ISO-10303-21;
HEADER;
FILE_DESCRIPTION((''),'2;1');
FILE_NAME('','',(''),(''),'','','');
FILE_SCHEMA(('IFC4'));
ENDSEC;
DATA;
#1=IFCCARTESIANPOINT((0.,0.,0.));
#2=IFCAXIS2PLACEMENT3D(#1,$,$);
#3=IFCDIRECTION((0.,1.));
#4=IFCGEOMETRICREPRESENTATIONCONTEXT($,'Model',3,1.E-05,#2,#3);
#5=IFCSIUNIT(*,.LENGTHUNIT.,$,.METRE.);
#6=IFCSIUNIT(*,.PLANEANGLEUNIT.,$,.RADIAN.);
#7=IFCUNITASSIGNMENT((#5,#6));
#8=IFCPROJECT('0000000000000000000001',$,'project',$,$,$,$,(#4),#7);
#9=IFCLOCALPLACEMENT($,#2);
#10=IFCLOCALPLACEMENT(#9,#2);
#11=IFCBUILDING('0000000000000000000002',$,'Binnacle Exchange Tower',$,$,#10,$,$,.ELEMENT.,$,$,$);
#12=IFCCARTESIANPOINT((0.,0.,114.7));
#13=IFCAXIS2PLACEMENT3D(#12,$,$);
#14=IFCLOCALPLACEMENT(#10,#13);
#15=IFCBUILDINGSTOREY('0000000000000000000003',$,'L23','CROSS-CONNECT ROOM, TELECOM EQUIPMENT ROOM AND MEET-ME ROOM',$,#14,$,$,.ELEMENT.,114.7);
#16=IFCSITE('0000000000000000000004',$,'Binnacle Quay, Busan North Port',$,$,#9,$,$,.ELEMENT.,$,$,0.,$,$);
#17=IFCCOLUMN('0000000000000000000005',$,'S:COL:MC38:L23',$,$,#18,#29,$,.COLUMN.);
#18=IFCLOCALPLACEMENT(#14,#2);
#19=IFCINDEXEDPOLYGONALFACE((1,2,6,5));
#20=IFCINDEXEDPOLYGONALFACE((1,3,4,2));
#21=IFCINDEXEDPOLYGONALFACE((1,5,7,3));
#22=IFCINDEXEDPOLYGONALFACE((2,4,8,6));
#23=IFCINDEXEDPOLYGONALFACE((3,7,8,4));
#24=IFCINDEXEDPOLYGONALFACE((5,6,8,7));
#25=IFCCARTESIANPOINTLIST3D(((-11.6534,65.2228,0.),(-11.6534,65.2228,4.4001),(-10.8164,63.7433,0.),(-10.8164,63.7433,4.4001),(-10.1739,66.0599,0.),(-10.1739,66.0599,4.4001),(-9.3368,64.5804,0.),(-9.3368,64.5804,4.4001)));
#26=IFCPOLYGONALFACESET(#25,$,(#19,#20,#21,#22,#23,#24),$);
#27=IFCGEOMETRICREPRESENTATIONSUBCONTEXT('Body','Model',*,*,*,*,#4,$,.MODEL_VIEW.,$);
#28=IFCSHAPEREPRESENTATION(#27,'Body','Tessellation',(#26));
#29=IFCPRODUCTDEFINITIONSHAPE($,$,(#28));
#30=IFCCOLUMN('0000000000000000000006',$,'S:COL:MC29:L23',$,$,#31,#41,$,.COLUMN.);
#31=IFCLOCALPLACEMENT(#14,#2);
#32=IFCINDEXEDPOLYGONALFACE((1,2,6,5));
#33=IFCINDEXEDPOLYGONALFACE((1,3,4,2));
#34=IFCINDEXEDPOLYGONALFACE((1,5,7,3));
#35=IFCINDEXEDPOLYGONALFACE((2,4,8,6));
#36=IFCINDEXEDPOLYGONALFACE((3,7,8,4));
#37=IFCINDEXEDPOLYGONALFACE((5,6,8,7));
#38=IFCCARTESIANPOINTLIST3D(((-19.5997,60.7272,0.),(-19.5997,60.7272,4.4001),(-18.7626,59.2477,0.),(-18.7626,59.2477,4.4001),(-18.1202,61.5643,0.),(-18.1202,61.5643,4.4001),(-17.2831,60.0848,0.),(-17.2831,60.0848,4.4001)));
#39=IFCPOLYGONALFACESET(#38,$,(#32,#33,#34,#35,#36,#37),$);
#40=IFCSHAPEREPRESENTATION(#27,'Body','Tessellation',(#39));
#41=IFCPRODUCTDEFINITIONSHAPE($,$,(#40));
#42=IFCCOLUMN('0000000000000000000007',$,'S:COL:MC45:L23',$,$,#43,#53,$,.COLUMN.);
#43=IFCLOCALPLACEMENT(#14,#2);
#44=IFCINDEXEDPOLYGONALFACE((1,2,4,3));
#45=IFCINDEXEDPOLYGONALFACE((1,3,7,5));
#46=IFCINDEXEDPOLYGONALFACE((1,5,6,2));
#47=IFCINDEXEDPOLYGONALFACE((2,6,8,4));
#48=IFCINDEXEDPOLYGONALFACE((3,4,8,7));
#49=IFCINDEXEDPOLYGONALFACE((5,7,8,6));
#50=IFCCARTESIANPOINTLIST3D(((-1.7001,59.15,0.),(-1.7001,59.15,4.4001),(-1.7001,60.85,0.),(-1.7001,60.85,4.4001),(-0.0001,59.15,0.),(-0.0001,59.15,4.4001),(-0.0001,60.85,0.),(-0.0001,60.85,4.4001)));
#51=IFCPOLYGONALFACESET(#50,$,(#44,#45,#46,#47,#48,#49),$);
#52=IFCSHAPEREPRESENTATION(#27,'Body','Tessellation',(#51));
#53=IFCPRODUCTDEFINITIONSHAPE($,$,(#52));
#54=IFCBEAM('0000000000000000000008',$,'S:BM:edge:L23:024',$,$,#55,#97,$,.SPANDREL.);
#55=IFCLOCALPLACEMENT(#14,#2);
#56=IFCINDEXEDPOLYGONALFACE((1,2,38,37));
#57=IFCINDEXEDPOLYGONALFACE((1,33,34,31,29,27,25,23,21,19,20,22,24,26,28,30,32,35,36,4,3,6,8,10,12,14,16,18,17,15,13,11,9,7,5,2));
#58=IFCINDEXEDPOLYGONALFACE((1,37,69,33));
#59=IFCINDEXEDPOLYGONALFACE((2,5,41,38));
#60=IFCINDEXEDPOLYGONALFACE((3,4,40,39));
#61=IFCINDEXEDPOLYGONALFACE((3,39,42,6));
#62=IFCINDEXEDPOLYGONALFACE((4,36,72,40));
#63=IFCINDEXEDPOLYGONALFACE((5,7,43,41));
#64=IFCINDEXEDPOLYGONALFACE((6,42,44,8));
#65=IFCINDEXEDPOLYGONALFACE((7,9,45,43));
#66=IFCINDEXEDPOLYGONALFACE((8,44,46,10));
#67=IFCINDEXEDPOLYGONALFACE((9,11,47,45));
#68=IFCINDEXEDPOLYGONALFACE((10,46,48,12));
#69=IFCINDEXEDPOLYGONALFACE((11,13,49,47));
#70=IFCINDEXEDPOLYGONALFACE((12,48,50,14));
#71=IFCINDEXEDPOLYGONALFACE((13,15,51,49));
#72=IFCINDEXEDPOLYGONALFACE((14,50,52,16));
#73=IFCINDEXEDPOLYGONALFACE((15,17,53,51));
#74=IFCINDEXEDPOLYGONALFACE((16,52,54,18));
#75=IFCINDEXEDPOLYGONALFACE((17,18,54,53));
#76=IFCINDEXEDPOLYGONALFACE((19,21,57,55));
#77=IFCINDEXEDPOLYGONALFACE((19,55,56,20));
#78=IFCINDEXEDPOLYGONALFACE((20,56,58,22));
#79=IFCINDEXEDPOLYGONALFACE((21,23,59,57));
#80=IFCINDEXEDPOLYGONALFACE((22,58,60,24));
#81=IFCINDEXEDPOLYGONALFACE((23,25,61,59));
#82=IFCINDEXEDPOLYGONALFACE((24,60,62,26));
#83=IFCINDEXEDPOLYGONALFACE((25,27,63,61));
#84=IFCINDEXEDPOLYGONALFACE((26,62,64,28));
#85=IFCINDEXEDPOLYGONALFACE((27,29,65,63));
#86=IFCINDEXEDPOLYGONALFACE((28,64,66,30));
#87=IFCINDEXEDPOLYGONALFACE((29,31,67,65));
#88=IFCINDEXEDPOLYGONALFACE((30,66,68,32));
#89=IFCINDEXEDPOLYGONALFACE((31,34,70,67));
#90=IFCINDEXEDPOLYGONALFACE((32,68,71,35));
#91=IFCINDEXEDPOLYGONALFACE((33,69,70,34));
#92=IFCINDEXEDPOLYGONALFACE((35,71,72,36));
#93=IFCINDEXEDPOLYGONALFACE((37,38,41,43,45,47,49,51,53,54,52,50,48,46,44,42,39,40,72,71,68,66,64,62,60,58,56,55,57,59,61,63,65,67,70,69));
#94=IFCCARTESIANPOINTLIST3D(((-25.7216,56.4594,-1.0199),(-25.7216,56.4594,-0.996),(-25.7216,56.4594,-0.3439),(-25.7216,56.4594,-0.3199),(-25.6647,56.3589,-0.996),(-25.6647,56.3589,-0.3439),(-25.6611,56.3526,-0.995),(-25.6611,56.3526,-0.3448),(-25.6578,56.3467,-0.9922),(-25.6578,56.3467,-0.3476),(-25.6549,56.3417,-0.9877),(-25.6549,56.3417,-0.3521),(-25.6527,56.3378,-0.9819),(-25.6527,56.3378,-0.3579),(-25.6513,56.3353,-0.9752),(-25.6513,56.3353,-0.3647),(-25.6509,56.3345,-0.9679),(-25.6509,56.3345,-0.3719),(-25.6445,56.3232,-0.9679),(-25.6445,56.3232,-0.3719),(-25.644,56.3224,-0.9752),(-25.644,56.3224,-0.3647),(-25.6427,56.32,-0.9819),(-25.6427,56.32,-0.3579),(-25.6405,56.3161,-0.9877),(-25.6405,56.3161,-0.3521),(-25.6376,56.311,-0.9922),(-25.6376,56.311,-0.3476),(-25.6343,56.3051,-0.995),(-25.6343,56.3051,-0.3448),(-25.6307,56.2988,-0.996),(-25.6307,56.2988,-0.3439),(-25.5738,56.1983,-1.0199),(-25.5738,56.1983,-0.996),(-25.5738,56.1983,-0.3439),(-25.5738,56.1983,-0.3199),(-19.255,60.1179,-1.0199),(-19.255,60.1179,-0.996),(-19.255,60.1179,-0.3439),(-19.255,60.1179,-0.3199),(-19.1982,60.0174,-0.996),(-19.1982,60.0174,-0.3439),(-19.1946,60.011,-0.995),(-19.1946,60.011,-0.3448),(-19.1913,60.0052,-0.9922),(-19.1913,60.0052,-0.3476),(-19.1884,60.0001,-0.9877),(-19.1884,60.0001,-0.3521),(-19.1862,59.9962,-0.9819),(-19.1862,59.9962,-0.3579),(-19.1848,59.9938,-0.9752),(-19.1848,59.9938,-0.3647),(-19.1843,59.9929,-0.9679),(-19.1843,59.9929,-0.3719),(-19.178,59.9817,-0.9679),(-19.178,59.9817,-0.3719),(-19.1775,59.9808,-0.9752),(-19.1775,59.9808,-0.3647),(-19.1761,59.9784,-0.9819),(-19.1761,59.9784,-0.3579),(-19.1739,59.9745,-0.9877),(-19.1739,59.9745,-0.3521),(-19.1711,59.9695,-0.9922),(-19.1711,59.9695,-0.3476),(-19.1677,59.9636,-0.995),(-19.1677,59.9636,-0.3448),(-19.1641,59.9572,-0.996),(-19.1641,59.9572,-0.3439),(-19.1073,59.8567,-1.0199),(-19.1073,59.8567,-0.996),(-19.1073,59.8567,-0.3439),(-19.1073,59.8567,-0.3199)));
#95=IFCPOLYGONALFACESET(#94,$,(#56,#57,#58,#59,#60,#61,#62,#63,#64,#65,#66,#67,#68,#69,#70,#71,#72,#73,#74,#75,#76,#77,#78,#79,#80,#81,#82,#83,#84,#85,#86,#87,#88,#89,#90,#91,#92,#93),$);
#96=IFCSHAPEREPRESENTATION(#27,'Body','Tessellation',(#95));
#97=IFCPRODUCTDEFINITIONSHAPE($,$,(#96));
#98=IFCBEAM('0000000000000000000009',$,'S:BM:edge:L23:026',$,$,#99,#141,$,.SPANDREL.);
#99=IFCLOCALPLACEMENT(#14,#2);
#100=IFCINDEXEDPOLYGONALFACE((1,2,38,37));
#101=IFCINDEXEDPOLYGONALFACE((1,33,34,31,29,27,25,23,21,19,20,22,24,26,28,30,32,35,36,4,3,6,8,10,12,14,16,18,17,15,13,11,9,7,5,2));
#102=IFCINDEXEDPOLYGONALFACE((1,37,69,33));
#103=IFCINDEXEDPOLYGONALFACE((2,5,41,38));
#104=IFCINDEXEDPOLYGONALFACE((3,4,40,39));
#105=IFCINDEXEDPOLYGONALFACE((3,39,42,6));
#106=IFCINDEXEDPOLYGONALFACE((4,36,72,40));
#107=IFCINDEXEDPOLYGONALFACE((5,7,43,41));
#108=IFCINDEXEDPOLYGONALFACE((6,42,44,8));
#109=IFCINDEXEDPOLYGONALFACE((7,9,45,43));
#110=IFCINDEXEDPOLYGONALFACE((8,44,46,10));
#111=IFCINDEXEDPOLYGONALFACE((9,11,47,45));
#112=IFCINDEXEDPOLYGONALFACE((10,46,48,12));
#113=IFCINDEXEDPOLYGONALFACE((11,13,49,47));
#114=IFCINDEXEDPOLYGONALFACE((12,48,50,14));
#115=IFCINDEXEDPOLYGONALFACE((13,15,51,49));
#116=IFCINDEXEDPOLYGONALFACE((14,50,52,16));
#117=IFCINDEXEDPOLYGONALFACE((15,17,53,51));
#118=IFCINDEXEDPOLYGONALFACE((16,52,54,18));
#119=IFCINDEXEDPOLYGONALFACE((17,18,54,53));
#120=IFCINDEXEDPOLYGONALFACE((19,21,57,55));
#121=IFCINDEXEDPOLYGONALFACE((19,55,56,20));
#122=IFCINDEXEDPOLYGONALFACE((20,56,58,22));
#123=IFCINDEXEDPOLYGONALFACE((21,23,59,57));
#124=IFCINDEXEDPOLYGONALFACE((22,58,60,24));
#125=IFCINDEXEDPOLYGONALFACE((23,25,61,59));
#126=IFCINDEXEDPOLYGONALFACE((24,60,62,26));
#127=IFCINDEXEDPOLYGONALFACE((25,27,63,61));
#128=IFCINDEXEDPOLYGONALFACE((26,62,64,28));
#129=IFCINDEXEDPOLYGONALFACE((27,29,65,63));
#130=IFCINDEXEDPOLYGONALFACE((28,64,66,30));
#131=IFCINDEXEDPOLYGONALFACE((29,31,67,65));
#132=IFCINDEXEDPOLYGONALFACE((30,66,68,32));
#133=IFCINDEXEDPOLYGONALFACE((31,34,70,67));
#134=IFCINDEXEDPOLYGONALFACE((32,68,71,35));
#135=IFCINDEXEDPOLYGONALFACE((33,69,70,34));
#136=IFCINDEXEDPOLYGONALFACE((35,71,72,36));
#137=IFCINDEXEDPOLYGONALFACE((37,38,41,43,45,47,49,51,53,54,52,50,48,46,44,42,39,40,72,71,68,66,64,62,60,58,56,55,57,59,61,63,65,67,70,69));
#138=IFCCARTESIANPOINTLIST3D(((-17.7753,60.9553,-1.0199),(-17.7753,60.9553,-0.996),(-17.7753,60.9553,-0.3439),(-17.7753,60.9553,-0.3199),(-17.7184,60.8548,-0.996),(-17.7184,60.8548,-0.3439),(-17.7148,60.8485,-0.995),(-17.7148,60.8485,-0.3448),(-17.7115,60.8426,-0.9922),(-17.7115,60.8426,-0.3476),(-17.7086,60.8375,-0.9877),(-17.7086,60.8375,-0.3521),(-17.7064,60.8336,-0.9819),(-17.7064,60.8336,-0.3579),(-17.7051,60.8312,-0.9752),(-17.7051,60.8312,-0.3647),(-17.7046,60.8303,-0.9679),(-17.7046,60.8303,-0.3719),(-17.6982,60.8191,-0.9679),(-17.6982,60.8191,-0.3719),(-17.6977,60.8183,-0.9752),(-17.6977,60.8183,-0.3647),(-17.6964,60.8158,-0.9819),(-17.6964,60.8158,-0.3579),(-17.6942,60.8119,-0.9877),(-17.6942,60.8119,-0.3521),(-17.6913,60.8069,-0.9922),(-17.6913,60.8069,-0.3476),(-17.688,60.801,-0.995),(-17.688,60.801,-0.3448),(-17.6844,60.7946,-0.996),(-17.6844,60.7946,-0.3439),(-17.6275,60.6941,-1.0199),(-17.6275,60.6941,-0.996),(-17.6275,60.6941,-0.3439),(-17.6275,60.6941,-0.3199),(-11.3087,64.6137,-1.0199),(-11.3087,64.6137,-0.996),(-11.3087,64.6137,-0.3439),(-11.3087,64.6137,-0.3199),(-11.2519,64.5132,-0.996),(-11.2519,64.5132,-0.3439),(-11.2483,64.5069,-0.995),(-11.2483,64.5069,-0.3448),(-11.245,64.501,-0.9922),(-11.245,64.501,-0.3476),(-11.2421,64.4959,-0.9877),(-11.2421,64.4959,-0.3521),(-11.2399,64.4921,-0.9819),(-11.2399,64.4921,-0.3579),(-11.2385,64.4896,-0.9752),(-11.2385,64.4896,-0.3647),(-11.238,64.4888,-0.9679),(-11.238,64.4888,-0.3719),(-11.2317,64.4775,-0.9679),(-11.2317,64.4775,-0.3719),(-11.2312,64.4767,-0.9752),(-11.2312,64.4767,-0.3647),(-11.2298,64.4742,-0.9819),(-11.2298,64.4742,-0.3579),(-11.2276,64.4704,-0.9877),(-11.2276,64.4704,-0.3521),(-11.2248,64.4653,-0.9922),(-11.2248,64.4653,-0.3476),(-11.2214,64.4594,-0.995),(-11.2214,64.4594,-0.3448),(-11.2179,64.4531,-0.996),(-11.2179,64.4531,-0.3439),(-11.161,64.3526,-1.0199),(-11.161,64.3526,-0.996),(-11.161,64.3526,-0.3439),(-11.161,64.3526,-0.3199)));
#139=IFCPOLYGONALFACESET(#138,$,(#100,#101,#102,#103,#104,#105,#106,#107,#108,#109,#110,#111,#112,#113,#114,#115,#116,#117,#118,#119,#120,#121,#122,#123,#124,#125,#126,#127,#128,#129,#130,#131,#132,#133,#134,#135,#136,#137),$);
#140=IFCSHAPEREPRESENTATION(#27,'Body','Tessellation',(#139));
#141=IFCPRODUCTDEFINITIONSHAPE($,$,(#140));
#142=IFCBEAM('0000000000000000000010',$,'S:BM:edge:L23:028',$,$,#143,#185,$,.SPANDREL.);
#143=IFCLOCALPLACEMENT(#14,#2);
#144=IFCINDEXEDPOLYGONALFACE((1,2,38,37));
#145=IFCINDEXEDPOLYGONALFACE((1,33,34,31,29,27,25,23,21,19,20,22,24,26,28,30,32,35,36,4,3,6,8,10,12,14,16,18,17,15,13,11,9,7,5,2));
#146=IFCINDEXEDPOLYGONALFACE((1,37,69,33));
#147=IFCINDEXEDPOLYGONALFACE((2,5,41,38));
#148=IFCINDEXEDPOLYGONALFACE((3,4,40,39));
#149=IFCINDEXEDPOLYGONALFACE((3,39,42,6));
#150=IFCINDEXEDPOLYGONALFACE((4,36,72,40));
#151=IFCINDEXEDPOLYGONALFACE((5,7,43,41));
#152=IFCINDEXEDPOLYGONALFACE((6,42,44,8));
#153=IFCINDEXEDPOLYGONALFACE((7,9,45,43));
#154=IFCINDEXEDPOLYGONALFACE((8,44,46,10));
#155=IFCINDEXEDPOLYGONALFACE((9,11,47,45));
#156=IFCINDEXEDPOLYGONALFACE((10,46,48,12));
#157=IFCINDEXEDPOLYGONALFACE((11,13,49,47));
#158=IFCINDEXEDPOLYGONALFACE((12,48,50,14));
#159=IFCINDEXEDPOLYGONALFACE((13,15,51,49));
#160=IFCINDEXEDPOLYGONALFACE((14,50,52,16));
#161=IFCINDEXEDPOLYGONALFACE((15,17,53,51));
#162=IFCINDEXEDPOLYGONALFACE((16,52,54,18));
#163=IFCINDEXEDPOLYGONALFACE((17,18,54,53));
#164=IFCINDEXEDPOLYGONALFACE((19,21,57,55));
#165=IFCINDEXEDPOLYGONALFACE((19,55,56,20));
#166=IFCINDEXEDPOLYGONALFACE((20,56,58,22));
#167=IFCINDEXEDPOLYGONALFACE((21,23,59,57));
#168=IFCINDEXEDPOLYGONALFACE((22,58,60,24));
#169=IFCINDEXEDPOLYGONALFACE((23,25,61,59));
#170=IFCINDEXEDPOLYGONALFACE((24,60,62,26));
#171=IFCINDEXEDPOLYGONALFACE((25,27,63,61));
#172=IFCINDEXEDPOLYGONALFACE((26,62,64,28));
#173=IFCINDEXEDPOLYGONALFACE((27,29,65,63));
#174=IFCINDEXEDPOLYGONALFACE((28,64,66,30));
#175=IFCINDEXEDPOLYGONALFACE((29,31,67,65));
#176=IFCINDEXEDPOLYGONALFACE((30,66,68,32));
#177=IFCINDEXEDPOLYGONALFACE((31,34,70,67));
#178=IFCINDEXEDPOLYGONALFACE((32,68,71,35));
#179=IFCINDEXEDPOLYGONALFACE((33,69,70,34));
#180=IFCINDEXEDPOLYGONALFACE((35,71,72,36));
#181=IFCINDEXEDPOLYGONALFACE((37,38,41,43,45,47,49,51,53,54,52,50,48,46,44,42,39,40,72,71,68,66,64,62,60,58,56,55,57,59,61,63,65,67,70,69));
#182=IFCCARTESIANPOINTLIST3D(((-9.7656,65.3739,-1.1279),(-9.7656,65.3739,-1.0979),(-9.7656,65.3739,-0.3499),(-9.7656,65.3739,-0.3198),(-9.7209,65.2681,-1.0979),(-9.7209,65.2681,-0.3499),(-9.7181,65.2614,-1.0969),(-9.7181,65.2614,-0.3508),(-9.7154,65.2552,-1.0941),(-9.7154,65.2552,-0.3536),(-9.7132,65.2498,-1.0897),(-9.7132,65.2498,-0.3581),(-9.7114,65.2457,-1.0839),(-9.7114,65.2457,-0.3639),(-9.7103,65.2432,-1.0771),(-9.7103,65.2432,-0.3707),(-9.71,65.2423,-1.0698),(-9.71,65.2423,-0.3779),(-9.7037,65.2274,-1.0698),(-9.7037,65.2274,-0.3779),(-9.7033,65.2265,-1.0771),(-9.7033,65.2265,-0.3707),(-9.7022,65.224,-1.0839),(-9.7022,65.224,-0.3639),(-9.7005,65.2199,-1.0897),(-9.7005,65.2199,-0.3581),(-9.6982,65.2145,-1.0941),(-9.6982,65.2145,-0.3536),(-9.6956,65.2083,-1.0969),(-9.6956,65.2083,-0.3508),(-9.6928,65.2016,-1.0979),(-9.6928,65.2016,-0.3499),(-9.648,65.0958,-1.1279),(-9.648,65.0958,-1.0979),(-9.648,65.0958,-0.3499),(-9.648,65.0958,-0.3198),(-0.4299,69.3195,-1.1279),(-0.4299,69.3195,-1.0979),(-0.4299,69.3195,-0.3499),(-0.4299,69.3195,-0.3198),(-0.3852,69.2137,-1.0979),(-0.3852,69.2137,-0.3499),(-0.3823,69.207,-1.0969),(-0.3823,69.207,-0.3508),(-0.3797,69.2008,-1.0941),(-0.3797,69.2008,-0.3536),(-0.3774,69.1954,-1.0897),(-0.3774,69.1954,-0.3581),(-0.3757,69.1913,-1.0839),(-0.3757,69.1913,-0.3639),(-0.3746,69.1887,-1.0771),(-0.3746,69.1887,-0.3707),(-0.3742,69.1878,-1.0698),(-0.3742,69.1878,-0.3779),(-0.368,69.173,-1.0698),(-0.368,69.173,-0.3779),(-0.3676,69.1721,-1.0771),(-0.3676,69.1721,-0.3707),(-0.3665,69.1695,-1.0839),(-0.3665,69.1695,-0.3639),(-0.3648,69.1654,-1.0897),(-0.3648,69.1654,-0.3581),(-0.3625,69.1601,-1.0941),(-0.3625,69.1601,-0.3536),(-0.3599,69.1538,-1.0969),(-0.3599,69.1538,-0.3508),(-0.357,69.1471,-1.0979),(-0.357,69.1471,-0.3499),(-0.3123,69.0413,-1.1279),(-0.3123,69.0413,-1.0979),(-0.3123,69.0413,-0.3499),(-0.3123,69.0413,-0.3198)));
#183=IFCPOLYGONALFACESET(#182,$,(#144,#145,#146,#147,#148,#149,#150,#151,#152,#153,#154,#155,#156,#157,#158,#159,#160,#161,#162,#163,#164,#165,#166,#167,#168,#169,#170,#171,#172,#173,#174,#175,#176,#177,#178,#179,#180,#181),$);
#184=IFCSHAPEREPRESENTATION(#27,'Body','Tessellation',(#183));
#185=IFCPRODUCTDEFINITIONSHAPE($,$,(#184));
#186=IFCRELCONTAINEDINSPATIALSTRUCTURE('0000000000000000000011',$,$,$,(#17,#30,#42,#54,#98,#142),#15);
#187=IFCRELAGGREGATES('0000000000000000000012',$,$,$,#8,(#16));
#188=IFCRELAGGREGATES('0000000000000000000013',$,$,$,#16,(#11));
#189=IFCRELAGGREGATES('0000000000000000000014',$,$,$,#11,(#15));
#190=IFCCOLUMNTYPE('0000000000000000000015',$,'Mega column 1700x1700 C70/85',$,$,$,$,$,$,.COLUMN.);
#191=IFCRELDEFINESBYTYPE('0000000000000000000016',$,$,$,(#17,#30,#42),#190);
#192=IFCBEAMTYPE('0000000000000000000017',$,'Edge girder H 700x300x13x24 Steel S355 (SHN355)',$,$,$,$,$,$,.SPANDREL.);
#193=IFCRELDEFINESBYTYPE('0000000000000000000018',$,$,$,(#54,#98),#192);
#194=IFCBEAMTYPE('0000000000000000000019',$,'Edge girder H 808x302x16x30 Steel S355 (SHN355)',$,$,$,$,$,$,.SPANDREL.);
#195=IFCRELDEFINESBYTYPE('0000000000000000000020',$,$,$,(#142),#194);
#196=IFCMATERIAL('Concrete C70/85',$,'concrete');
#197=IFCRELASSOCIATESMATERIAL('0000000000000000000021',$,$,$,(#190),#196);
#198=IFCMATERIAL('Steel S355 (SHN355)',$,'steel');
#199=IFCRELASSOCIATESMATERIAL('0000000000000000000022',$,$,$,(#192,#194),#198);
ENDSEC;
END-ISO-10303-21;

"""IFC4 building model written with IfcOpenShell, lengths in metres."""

from ifc_helpers import new_model, si_unit, direction, frame, origin, origin_2d, place, context, subcontext, project, spatial, rectangle, i_section, extrude, material, material_profile, profile_set, type_object, element, save


model = new_model("IFC4")

# Units and contexts
model_context = context("Model", 3, precision=1e-05, world=origin(), true_north=direction((0.0, 1.0)))
body_context = subcontext(model_context, "Body", "Model", "MODEL_VIEW")
ifc_project = project(units=[si_unit("LENGTHUNIT", "METRE"), si_unit("PLANEANGLEUNIT", "RADIAN")], contexts=[model_context])

# Site, building, storey
site_placement = place(None, origin())
site = spatial("IfcSite", under=ifc_project, at=site_placement, Name="Binnacle Quay, Busan North Port", CompositionType="ELEMENT", RefElevation=0.0)
building_placement = place(site_placement, origin())
building = spatial("IfcBuilding", under=site, at=building_placement, Name="Binnacle Exchange Tower", CompositionType="ELEMENT")
storey_placement = place(building_placement, frame((0.0, 0.0, 114.7)))
storey = spatial("IfcBuildingStorey", under=building, at=storey_placement, Name="L23", Description="CROSS-CONNECT ROOM, TELECOM EQUIPMENT ROOM AND MEET-ME ROOM", CompositionType="ELEMENT", Elevation=114.7)

# Columns
ifc_material_1 = material(Name="Concrete C70/85", Category="concrete")
ifc_material_profile_1 = material_profile(ifc_material_1, rectangle(XDim=1.7, YDim=1.7, at=origin_2d()), Name="Mega column 1700x1700 C70/85")
ifc_profile_set_1 = profile_set([ifc_material_profile_1], Name="Concrete C70/85")
column_type = type_object("IfcColumnType", Name="Mega column 1700x1700 C70/85", PredefinedType="COLUMN", material=ifc_profile_set_1)
for number, where, z_axis, x_axis, name in (
    (1, (-10.4951, 64.9016, 0.0), (0.0, 0.0, 1.0), (-0.870356, -0.492424, 0.0), "S:COL:MC38:L23"),
    (2, (-18.4414, 60.406, 0.0), (0.0, 0.0, 1.0), (-0.870356, -0.492424, 0.0), "S:COL:MC29:L23"),
    (3, (-0.8501, 60.0, 0.0), (0.0, 0.0, 1.0), (0.0, 1.0, 0.0), "S:COL:MC45:L23"),
):
    element("IfcColumn", number, at=place(storey_placement, frame(where, z_axis=z_axis, x_axis=x_axis)), inside=storey, type_object=column_type, Name=name, PredefinedType="COLUMN", context=body_context, shape_type="SweptSolid", body=[
        extrude(rectangle(XDim=1.7, YDim=1.7, at=origin_2d()), origin(), (0.0, 0.0, 1.0), 4.4001),
    ])

# Beams
ifc_material_2 = material(Name="Steel S355 (SHN355)", Category="steel")
ifc_material_profile_2 = material_profile(ifc_material_2, i_section(OverallWidth=0.3, OverallDepth=0.7, WebThickness=0.0129, FlangeThickness=0.0239, FilletRadius=0.0281, at=origin_2d()), Name="H 700x300x13x24")
ifc_profile_set_2 = profile_set([ifc_material_profile_2], Name="Steel S355 (SHN355)")
beam_type_1 = type_object("IfcBeamType", Name="Edge girder H 700x300x13x24 Steel S355 (SHN355)", PredefinedType="SPANDREL", material=ifc_profile_set_2)
for number, where, z_axis, x_axis, name in (
    (4, (-19.1812, 59.9873, -0.6699), (-0.870364, -0.492408, 0.0), (0.492408, -0.870364, 0.0), "S:BM:edge:L23:024"),
    (5, (-11.2349, 64.4832, -0.6699), (-0.870364, -0.492408, 0.0), (0.492408, -0.870364, 0.0), "S:BM:edge:L23:026"),
):
    element("IfcBeam", number, at=place(storey_placement, frame(where, z_axis=z_axis, x_axis=x_axis)), inside=storey, type_object=beam_type_1, Name=name, PredefinedType="SPANDREL", context=body_context, shape_type="SweptSolid", body=[
        extrude(i_section(OverallWidth=0.3, OverallDepth=0.7, WebThickness=0.0129, FlangeThickness=0.0239, FilletRadius=0.0281, at=origin_2d()), origin(), (0.0, 0.0, 1.0), 7.4297),
    ])
ifc_material_profile_3 = material_profile(ifc_material_2, i_section(OverallWidth=0.302, OverallDepth=0.8081, WebThickness=0.0161, FlangeThickness=0.03, FilletRadius=0.0281, at=origin_2d()), Name="H 808x302x16x30")
ifc_profile_set_3 = profile_set([ifc_material_profile_3], Name="Steel S355 (SHN355)")
beam_type_2 = type_object("IfcBeamType", Name="Edge girder H 808x302x16x30 Steel S355 (SHN355)", PredefinedType="SPANDREL", material=ifc_profile_set_3)
beam_1_placement = place(storey_placement, frame((-0.3711, 69.1804, -0.7239), z_axis=(-0.921114, -0.389292, 0.0), x_axis=(0.389292, -0.921114, 0.0)))
element("IfcBeam", 6, at=beam_1_placement, inside=storey, type_object=beam_type_2, Name="S:BM:edge:L23:028", PredefinedType="SPANDREL", context=body_context, shape_type="SweptSolid", body=[
    extrude(i_section(OverallWidth=0.302, OverallDepth=0.8081, WebThickness=0.0161, FlangeThickness=0.03, FilletRadius=0.0281, at=origin_2d()), origin(), (0.0, 0.0, 1.0), 10.1353),
])

save(model, "model.ifc")
